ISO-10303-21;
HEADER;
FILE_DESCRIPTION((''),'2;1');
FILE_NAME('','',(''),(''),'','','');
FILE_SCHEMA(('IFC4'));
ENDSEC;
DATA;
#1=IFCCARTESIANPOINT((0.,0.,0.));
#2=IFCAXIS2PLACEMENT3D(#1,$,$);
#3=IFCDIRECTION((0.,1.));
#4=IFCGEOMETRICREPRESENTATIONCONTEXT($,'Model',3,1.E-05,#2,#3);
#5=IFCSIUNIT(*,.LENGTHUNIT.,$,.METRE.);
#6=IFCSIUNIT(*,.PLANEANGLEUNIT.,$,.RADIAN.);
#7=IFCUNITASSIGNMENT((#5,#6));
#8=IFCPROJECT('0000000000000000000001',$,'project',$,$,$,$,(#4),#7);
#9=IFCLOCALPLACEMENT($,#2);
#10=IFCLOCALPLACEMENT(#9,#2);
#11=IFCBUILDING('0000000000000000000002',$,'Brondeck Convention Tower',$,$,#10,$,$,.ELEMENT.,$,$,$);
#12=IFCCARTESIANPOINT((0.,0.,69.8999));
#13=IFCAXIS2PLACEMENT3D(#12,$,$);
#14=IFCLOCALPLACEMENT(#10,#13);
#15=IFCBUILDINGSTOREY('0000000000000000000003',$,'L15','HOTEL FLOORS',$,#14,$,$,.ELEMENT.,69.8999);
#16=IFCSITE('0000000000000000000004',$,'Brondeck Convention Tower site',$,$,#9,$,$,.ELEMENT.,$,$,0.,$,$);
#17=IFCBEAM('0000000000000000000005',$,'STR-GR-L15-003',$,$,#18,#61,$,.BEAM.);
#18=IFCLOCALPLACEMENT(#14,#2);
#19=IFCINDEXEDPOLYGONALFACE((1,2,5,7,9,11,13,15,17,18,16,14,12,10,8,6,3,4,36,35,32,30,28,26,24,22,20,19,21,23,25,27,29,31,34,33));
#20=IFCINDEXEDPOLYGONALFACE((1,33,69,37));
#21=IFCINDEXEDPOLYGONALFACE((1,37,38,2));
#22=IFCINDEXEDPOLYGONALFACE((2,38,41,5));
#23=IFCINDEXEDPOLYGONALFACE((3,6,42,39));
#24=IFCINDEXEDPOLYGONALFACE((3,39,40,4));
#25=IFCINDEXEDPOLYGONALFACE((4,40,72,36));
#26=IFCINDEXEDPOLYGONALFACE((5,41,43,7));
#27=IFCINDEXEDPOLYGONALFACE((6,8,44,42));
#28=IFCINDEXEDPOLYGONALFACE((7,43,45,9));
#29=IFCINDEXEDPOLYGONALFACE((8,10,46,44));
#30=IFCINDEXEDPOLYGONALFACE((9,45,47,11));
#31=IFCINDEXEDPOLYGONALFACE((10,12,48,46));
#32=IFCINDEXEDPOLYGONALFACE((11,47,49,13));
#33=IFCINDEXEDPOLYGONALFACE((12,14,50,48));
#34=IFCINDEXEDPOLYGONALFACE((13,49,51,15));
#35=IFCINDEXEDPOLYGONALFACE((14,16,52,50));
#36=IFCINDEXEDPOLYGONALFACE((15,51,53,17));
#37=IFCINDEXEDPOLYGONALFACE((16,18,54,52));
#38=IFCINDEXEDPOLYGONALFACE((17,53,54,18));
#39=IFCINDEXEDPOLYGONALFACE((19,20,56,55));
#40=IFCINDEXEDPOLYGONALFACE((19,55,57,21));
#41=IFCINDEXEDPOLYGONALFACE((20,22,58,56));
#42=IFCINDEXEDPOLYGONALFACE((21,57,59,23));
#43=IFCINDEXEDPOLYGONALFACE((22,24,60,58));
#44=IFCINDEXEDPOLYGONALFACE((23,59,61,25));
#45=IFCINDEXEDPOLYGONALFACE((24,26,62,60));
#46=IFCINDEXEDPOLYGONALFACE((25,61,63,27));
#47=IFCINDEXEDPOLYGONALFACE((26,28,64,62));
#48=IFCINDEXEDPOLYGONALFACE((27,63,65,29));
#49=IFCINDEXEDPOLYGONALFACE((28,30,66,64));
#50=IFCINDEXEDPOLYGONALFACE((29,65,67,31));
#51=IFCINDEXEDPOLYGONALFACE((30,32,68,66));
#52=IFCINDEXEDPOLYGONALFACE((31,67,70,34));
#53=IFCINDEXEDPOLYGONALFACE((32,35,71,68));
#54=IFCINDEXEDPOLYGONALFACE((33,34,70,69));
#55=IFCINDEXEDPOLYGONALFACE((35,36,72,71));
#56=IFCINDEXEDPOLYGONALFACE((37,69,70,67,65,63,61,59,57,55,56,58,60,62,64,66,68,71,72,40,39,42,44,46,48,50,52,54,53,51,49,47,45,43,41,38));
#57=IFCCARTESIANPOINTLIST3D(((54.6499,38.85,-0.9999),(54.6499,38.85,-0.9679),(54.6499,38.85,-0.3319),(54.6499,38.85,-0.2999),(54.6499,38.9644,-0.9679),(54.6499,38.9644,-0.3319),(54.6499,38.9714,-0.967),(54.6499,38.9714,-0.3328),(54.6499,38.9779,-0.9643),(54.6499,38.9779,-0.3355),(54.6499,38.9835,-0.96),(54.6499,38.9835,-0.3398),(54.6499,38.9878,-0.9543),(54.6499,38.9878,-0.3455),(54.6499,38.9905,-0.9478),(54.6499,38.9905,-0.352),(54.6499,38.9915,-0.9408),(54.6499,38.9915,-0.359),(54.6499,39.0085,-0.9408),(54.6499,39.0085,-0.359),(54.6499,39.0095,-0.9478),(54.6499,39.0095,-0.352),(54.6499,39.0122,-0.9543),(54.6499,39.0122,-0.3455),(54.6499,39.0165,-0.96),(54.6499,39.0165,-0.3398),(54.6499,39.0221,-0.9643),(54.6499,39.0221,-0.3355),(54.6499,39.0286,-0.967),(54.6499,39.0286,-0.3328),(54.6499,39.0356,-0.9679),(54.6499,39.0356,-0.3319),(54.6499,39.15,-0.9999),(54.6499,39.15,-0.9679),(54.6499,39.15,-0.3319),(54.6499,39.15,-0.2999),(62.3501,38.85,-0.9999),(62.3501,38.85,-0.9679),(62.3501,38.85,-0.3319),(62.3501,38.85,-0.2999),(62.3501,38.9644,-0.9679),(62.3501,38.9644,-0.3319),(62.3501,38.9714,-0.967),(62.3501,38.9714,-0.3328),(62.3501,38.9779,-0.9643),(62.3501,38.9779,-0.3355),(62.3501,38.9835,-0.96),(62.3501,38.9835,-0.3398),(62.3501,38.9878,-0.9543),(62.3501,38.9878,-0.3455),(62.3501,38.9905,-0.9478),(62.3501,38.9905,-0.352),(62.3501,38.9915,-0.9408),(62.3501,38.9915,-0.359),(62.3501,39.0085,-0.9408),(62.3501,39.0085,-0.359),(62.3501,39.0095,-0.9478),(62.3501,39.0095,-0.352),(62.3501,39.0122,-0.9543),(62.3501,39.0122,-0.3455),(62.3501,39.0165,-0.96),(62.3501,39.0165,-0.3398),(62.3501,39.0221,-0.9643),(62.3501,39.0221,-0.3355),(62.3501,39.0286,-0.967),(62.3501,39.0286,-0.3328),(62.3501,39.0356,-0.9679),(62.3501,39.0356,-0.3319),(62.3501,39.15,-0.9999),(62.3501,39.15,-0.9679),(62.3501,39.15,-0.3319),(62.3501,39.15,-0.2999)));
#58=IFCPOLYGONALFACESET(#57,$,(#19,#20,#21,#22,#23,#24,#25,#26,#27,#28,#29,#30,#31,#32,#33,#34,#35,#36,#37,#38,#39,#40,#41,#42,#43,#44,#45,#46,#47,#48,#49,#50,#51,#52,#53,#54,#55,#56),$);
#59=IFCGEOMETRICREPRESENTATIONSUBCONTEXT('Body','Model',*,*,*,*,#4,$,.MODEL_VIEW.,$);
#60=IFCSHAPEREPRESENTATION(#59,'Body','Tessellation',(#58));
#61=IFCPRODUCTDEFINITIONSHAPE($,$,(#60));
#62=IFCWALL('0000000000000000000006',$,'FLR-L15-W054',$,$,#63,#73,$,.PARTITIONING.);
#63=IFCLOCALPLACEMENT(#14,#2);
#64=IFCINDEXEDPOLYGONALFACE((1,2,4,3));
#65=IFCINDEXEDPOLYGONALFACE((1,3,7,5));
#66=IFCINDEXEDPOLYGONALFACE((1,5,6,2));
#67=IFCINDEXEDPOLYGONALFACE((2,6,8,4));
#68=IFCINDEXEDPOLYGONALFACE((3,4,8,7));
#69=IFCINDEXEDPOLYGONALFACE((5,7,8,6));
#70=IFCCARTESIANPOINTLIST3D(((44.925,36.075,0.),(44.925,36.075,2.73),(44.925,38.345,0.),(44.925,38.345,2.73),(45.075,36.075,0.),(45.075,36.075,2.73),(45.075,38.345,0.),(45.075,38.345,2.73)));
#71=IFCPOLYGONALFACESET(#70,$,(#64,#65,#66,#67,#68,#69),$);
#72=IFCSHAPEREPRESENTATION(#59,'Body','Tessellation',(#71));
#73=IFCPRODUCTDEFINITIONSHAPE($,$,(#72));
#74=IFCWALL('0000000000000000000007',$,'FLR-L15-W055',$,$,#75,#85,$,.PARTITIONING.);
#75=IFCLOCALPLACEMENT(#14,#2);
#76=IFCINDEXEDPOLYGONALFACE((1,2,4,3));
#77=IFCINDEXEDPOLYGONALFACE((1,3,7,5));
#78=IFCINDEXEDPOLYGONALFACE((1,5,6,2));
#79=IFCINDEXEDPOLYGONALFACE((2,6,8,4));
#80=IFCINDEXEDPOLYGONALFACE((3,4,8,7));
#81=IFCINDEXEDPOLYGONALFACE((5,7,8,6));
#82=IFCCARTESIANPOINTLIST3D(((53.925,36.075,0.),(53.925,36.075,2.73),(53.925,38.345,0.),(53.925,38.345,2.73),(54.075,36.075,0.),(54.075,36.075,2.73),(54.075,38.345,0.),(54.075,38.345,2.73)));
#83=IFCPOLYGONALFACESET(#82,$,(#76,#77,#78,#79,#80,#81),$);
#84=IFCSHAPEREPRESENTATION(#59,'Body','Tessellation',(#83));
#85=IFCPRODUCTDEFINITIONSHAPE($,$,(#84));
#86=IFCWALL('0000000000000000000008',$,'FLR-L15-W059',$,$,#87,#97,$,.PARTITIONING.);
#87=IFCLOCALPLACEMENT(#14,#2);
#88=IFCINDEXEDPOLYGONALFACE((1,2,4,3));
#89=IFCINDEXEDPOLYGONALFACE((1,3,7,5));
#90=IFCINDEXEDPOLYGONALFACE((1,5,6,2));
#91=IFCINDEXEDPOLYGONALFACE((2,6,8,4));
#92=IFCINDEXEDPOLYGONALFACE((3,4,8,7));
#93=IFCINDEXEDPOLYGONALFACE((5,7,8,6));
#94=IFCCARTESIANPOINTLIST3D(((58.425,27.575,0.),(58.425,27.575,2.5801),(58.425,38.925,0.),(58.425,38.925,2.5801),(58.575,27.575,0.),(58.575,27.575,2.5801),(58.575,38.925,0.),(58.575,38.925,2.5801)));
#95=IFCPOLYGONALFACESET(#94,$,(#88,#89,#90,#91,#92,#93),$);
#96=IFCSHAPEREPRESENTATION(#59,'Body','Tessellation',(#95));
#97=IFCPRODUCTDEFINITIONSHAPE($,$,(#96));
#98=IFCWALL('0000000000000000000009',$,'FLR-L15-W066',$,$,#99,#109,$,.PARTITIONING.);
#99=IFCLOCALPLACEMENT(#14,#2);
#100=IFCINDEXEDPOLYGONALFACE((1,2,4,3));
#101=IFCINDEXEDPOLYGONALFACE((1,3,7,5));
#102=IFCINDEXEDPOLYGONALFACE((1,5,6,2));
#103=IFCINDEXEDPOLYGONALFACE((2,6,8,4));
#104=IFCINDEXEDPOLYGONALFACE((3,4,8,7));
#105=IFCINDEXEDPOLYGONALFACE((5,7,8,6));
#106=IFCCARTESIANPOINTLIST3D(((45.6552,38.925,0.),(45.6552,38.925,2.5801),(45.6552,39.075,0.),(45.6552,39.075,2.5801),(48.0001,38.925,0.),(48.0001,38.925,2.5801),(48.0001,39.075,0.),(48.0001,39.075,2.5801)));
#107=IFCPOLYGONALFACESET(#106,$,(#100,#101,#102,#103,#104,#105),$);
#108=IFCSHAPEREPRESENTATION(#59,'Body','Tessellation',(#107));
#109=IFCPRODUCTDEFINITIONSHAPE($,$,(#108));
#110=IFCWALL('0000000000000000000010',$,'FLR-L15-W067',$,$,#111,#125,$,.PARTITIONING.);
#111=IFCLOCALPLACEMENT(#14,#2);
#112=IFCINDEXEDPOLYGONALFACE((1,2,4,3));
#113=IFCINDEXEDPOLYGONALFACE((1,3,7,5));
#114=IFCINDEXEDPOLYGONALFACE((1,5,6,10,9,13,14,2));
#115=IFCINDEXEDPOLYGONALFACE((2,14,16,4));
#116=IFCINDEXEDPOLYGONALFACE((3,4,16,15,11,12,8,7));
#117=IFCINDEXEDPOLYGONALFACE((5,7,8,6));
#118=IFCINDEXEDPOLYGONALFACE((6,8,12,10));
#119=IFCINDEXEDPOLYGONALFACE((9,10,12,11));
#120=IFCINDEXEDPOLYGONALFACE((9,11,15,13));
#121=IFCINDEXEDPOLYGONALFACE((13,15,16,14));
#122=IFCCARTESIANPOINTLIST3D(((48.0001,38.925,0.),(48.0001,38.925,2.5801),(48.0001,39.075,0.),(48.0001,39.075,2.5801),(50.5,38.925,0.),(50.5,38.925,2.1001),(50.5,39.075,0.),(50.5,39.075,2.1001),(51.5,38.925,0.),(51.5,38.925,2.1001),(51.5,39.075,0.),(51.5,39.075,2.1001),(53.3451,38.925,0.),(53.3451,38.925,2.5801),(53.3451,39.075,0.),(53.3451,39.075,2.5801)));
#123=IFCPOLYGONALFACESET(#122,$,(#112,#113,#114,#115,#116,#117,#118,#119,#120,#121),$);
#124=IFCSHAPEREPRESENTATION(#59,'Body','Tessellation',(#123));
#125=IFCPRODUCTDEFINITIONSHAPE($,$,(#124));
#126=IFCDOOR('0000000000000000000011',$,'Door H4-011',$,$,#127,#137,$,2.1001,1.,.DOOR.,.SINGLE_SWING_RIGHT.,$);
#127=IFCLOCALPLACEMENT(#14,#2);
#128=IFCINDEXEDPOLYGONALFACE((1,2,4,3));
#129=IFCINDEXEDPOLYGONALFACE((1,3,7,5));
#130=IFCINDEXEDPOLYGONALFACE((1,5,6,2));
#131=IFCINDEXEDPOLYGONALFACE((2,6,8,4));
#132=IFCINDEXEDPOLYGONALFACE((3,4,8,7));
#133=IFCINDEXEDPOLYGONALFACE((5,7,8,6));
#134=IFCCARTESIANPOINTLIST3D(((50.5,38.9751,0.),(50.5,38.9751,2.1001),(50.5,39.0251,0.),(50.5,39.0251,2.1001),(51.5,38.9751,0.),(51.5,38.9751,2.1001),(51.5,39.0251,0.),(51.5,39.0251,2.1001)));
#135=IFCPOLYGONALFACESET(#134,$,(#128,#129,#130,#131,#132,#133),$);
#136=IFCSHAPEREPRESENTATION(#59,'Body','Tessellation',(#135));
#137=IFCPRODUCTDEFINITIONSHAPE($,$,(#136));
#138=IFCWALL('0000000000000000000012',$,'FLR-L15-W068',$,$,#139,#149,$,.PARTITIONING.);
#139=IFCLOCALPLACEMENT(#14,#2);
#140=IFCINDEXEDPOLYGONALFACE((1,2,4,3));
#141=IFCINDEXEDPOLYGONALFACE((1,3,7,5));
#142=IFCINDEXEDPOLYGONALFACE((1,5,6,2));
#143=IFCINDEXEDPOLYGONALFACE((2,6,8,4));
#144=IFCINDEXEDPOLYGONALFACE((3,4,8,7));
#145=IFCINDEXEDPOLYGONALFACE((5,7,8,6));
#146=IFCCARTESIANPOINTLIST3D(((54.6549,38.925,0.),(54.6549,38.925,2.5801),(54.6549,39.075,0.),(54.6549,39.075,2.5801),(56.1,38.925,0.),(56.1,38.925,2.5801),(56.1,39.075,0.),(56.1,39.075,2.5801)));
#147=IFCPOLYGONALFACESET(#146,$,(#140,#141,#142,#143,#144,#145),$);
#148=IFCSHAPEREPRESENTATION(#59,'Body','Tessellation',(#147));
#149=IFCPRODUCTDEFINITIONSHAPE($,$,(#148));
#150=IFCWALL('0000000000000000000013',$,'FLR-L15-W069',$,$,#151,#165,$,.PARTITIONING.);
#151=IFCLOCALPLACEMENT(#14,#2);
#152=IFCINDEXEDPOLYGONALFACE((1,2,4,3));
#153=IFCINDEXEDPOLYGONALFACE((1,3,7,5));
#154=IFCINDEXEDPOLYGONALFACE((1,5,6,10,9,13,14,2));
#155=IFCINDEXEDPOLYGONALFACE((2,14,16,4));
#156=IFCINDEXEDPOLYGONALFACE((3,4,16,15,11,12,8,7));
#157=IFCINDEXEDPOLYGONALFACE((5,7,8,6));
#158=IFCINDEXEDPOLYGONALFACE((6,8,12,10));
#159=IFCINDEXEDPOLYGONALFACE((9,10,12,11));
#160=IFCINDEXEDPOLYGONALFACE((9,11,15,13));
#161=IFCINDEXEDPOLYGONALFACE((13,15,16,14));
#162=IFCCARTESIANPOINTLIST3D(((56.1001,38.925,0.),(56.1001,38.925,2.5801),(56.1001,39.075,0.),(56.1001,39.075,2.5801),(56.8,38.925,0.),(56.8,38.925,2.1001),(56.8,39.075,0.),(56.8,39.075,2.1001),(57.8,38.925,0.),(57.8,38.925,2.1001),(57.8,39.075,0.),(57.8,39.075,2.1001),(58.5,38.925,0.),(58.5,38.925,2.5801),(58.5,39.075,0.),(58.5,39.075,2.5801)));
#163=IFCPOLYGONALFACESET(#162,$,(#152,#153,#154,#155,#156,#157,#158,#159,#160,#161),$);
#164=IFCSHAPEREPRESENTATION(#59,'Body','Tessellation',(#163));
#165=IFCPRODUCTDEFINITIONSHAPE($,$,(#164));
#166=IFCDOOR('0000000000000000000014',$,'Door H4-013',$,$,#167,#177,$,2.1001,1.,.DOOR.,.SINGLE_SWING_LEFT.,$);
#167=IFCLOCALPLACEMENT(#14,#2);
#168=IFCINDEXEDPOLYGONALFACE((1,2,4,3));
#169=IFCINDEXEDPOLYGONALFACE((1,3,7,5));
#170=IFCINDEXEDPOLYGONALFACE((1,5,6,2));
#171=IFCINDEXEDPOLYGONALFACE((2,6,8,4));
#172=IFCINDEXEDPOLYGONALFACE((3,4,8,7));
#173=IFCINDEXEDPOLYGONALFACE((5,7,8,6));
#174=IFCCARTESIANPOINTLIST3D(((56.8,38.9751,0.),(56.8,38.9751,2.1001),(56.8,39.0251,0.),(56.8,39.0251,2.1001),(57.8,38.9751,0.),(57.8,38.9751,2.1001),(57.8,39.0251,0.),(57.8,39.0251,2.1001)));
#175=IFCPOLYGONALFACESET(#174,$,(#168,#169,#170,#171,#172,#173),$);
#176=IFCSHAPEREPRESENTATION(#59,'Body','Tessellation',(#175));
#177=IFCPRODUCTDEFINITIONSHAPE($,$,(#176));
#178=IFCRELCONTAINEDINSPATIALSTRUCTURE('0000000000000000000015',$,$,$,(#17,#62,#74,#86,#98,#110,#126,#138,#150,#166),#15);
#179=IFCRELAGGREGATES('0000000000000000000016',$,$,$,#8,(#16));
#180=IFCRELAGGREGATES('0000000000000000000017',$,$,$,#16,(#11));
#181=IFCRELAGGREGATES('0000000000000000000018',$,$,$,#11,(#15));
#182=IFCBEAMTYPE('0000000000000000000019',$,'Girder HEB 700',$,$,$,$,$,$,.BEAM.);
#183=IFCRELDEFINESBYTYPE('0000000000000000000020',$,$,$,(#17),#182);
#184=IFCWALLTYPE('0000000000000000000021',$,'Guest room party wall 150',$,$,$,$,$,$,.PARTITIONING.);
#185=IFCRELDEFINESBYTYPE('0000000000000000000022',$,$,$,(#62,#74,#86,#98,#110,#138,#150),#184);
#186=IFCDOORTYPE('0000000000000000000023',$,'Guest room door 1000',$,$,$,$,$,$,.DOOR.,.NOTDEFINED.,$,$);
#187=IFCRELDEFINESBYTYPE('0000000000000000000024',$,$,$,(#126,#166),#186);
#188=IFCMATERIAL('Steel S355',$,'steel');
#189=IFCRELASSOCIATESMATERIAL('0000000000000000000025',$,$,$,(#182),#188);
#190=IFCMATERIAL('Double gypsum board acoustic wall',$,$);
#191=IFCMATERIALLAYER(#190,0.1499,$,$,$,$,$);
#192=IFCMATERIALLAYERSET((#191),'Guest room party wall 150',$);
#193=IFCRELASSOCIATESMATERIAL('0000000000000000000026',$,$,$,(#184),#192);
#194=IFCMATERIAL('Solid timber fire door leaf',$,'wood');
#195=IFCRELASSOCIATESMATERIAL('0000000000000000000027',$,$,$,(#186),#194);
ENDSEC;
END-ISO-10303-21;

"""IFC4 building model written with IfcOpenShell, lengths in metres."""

from ifc_helpers import new_model, si_unit, direction, frame, frame_2d, origin, origin_2d, place, context, subcontext, project, spatial, rectangle, i_section, extrude, material, layer, layer_set, material_profile, profile_set, type_object, element, fill, save


model = new_model("IFC4")

# Units and contexts
model_context = context("Model", 3, precision=1e-05, world=origin(), true_north=direction((0.0, 1.0)))
body_context = subcontext(model_context, "Body", "Model", "MODEL_VIEW")
ifc_project = project(units=[si_unit("LENGTHUNIT", "METRE"), si_unit("PLANEANGLEUNIT", "RADIAN")], contexts=[model_context])

# Site, building, storey
site_placement = place(None, origin())
site = spatial("IfcSite", under=ifc_project, at=site_placement, Name="Brondeck Convention Tower site", CompositionType="ELEMENT", RefElevation=0.0)
building_placement = place(site_placement, origin())
building = spatial("IfcBuilding", under=site, at=building_placement, Name="Brondeck Convention Tower", CompositionType="ELEMENT")
storey_placement = place(building_placement, frame((0.0, 0.0, 69.8999)))
storey = spatial("IfcBuildingStorey", under=building, at=storey_placement, Name="L15", Description="HOTEL FLOORS", CompositionType="ELEMENT", Elevation=69.8999)

# Beam
ifc_material_1 = material(Name="Steel S355", Category="steel")
ifc_material_profile_1 = material_profile(ifc_material_1, i_section(OverallWidth=0.3, OverallDepth=0.7, WebThickness=0.0171, FlangeThickness=0.032, FilletRadius=0.0271, at=origin_2d()), Name="HEB 700")
ifc_profile_set_1 = profile_set([ifc_material_profile_1], Name="Steel S355")
beam_type_1 = type_object("IfcBeamType", Name="Girder HEB 700", PredefinedType="BEAM", material=ifc_profile_set_1)
for number, where, z_axis, x_axis, name in (
    (1, (54.6499, 39.0, -0.6499), (1.0, 0.0, 0.0), (0.0, 1.0, 0.0), "STR-GR-L15-003"),
):
    element("IfcBeam", number, at=place(storey_placement, frame(where, z_axis=z_axis, x_axis=x_axis)), inside=storey, type_object=beam_type_1, Name=name, PredefinedType="BEAM", context=body_context, shape_type="SweptSolid", body=[
        extrude(i_section(OverallWidth=0.3, OverallDepth=0.7, WebThickness=0.0171, FlangeThickness=0.032, FilletRadius=0.0271, at=origin_2d()), origin(), (0.0, 0.0, 1.0), 7.7002),
    ])

# Walls
ifc_material_2 = material(Name="Double gypsum board acoustic wall")
ifc_layer_1 = layer(ifc_material_2, 0.1499)
ifc_layer_set_1 = layer_set([ifc_layer_1], Name="Guest room party wall 150")
wall_type_1 = type_object("IfcWallType", Name="Guest room party wall 150", PredefinedType="PARTITIONING", material=ifc_layer_set_1)
for number, where, z_axis, x_axis, name in (
    (2, (45.0, 38.345, 0.0), (0.0, 0.0, 1.0), (0.0, -1.0, 0.0), "FLR-L15-W054"),
    (3, (54.0, 38.345, 0.0), (0.0, 0.0, 1.0), (0.0, -1.0, 0.0), "FLR-L15-W055"),
):
    element("IfcWall", number, at=place(storey_placement, frame(where, z_axis=z_axis, x_axis=x_axis)), inside=storey, type_object=wall_type_1, Name=name, PredefinedType="PARTITIONING", context=body_context, shape_type="SweptSolid", body=[
        extrude(rectangle(XDim=2.27, YDim=0.1499, at=frame_2d((1.135, 0.0))), origin(), (0.0, 0.0, 1.0), 2.73),
    ])
wall_1_placement = place(storey_placement, frame((58.5, 38.925, 0.0), z_axis=(0.0, 0.0, 1.0), x_axis=(0.0, -1.0, 0.0)))
element("IfcWall", 4, at=wall_1_placement, inside=storey, type_object=wall_type_1, Name="FLR-L15-W059", PredefinedType="PARTITIONING", context=body_context, shape_type="SweptSolid", body=[
    extrude(rectangle(XDim=11.3501, YDim=0.1499, at=frame_2d((5.675, 0.0))), origin(), (0.0, 0.0, 1.0), 2.5801),
])
wall_2_placement = place(storey_placement, frame((48.0, 39.0, 0.0), z_axis=(0.0, 0.0, 1.0), x_axis=(-1.0, 0.0, 0.0)))
element("IfcWall", 5, at=wall_2_placement, inside=storey, type_object=wall_type_1, Name="FLR-L15-W066", PredefinedType="PARTITIONING", context=body_context, shape_type="SweptSolid", body=[
    extrude(rectangle(XDim=2.345, YDim=0.1499, at=frame_2d((1.1724, 0.0))), origin(), (0.0, 0.0, 1.0), 2.5801),
])

# Wall, opening, door
wall_3_placement = place(storey_placement, frame((53.345, 39.0, 0.0), z_axis=(0.0, 0.0, 1.0), x_axis=(-1.0, 0.0, 0.0)))
wall_3 = element("IfcWall", 6, at=wall_3_placement, inside=storey, type_object=wall_type_1, Name="FLR-L15-W067", PredefinedType="PARTITIONING", context=body_context, shape_type="SweptSolid", body=[
    extrude(rectangle(XDim=5.345, YDim=0.1499, at=frame_2d((2.6724, 0.0))), origin(), (0.0, 0.0, 1.0), 2.5801),
])
opening_1_placement = place(wall_3_placement, frame((1.845, 0.0, 0.0)))
opening_1 = element("IfcOpeningElement", 7, at=opening_1_placement, cuts=wall_3, PredefinedType="OPENING", context=body_context, shape_type="SweptSolid", body=[
    extrude(rectangle(XDim=1.0, YDim=2.1001, at=frame_2d((0.5, 1.05))), frame((0.0, 0.085, 0.0), z_axis=(0.0, -1.0, 0.0), x_axis=(1.0, 0.0, 0.0)), (0.0, 0.0, 1.0), 0.1699),
])
ifc_material_3 = material(Name="Solid timber fire door leaf", Category="wood")
door_type = type_object("IfcDoorType", Name="Guest room door 1000", OperationType="NOTDEFINED", PredefinedType="DOOR", material=ifc_material_3)
door_1_placement = place(opening_1_placement, origin())
door_1 = element("IfcDoor", 8, at=door_1_placement, inside=storey, type_object=door_type, Name="Door H4-011", OperationType="SINGLE_SWING_RIGHT", OverallHeight=2.1001, OverallWidth=1.0, PredefinedType="DOOR", context=body_context, shape_type="SweptSolid", body=[
    extrude(rectangle(XDim=1.0, YDim=2.1001, at=frame_2d((0.5, 1.05))), frame((0.0, 0.0249, 0.0), z_axis=(0.0, -1.0, 0.0), x_axis=(1.0, 0.0, 0.0)), (0.0, 0.0, 1.0), 0.05),
])
fill(opening_1, door_1)

# Wall
wall_4_placement = place(storey_placement, frame((56.1001, 39.0, 0.0), z_axis=(0.0, 0.0, 1.0), x_axis=(-1.0, 0.0, 0.0)))
element("IfcWall", 9, at=wall_4_placement, inside=storey, type_object=wall_type_1, Name="FLR-L15-W068", PredefinedType="PARTITIONING", context=body_context, shape_type="SweptSolid", body=[
    extrude(rectangle(XDim=1.4451, YDim=0.1499, at=frame_2d((0.7227, 0.0))), origin(), (0.0, 0.0, 1.0), 2.5801),
])

# Wall, opening, door
wall_5_placement = place(storey_placement, frame((58.5, 39.0, 0.0), z_axis=(0.0, 0.0, 1.0), x_axis=(-1.0, 0.0, 0.0)))
wall_5 = element("IfcWall", 10, at=wall_5_placement, inside=storey, type_object=wall_type_1, Name="FLR-L15-W069", PredefinedType="PARTITIONING", context=body_context, shape_type="SweptSolid", body=[
    extrude(rectangle(XDim=2.3999, YDim=0.1499, at=frame_2d((1.2, 0.0))), origin(), (0.0, 0.0, 1.0), 2.5801),
])
opening_2_placement = place(wall_5_placement, frame((0.7, 0.0, 0.0)))
opening_2 = element("IfcOpeningElement", 11, at=opening_2_placement, cuts=wall_5, PredefinedType="OPENING", context=body_context, shape_type="SweptSolid", body=[
    extrude(rectangle(XDim=1.0, YDim=2.1001, at=frame_2d((0.5, 1.05))), frame((0.0, 0.085, 0.0), z_axis=(0.0, -1.0, 0.0), x_axis=(1.0, 0.0, 0.0)), (0.0, 0.0, 1.0), 0.1699),
])
door_2_placement = place(opening_2_placement, origin())
door_2 = element("IfcDoor", 12, at=door_2_placement, inside=storey, type_object=door_type, Name="Door H4-013", OperationType="SINGLE_SWING_LEFT", OverallHeight=2.1001, OverallWidth=1.0, PredefinedType="DOOR", context=body_context, shape_type="SweptSolid", body=[
    extrude(rectangle(XDim=1.0, YDim=2.1001, at=frame_2d((0.5, 1.05))), frame((0.0, 0.0249, 0.0), z_axis=(0.0, -1.0, 0.0), x_axis=(1.0, 0.0, 0.0)), (0.0, 0.0, 1.0), 0.05),
])
fill(opening_2, door_2)

save(model, "model.ifc")
